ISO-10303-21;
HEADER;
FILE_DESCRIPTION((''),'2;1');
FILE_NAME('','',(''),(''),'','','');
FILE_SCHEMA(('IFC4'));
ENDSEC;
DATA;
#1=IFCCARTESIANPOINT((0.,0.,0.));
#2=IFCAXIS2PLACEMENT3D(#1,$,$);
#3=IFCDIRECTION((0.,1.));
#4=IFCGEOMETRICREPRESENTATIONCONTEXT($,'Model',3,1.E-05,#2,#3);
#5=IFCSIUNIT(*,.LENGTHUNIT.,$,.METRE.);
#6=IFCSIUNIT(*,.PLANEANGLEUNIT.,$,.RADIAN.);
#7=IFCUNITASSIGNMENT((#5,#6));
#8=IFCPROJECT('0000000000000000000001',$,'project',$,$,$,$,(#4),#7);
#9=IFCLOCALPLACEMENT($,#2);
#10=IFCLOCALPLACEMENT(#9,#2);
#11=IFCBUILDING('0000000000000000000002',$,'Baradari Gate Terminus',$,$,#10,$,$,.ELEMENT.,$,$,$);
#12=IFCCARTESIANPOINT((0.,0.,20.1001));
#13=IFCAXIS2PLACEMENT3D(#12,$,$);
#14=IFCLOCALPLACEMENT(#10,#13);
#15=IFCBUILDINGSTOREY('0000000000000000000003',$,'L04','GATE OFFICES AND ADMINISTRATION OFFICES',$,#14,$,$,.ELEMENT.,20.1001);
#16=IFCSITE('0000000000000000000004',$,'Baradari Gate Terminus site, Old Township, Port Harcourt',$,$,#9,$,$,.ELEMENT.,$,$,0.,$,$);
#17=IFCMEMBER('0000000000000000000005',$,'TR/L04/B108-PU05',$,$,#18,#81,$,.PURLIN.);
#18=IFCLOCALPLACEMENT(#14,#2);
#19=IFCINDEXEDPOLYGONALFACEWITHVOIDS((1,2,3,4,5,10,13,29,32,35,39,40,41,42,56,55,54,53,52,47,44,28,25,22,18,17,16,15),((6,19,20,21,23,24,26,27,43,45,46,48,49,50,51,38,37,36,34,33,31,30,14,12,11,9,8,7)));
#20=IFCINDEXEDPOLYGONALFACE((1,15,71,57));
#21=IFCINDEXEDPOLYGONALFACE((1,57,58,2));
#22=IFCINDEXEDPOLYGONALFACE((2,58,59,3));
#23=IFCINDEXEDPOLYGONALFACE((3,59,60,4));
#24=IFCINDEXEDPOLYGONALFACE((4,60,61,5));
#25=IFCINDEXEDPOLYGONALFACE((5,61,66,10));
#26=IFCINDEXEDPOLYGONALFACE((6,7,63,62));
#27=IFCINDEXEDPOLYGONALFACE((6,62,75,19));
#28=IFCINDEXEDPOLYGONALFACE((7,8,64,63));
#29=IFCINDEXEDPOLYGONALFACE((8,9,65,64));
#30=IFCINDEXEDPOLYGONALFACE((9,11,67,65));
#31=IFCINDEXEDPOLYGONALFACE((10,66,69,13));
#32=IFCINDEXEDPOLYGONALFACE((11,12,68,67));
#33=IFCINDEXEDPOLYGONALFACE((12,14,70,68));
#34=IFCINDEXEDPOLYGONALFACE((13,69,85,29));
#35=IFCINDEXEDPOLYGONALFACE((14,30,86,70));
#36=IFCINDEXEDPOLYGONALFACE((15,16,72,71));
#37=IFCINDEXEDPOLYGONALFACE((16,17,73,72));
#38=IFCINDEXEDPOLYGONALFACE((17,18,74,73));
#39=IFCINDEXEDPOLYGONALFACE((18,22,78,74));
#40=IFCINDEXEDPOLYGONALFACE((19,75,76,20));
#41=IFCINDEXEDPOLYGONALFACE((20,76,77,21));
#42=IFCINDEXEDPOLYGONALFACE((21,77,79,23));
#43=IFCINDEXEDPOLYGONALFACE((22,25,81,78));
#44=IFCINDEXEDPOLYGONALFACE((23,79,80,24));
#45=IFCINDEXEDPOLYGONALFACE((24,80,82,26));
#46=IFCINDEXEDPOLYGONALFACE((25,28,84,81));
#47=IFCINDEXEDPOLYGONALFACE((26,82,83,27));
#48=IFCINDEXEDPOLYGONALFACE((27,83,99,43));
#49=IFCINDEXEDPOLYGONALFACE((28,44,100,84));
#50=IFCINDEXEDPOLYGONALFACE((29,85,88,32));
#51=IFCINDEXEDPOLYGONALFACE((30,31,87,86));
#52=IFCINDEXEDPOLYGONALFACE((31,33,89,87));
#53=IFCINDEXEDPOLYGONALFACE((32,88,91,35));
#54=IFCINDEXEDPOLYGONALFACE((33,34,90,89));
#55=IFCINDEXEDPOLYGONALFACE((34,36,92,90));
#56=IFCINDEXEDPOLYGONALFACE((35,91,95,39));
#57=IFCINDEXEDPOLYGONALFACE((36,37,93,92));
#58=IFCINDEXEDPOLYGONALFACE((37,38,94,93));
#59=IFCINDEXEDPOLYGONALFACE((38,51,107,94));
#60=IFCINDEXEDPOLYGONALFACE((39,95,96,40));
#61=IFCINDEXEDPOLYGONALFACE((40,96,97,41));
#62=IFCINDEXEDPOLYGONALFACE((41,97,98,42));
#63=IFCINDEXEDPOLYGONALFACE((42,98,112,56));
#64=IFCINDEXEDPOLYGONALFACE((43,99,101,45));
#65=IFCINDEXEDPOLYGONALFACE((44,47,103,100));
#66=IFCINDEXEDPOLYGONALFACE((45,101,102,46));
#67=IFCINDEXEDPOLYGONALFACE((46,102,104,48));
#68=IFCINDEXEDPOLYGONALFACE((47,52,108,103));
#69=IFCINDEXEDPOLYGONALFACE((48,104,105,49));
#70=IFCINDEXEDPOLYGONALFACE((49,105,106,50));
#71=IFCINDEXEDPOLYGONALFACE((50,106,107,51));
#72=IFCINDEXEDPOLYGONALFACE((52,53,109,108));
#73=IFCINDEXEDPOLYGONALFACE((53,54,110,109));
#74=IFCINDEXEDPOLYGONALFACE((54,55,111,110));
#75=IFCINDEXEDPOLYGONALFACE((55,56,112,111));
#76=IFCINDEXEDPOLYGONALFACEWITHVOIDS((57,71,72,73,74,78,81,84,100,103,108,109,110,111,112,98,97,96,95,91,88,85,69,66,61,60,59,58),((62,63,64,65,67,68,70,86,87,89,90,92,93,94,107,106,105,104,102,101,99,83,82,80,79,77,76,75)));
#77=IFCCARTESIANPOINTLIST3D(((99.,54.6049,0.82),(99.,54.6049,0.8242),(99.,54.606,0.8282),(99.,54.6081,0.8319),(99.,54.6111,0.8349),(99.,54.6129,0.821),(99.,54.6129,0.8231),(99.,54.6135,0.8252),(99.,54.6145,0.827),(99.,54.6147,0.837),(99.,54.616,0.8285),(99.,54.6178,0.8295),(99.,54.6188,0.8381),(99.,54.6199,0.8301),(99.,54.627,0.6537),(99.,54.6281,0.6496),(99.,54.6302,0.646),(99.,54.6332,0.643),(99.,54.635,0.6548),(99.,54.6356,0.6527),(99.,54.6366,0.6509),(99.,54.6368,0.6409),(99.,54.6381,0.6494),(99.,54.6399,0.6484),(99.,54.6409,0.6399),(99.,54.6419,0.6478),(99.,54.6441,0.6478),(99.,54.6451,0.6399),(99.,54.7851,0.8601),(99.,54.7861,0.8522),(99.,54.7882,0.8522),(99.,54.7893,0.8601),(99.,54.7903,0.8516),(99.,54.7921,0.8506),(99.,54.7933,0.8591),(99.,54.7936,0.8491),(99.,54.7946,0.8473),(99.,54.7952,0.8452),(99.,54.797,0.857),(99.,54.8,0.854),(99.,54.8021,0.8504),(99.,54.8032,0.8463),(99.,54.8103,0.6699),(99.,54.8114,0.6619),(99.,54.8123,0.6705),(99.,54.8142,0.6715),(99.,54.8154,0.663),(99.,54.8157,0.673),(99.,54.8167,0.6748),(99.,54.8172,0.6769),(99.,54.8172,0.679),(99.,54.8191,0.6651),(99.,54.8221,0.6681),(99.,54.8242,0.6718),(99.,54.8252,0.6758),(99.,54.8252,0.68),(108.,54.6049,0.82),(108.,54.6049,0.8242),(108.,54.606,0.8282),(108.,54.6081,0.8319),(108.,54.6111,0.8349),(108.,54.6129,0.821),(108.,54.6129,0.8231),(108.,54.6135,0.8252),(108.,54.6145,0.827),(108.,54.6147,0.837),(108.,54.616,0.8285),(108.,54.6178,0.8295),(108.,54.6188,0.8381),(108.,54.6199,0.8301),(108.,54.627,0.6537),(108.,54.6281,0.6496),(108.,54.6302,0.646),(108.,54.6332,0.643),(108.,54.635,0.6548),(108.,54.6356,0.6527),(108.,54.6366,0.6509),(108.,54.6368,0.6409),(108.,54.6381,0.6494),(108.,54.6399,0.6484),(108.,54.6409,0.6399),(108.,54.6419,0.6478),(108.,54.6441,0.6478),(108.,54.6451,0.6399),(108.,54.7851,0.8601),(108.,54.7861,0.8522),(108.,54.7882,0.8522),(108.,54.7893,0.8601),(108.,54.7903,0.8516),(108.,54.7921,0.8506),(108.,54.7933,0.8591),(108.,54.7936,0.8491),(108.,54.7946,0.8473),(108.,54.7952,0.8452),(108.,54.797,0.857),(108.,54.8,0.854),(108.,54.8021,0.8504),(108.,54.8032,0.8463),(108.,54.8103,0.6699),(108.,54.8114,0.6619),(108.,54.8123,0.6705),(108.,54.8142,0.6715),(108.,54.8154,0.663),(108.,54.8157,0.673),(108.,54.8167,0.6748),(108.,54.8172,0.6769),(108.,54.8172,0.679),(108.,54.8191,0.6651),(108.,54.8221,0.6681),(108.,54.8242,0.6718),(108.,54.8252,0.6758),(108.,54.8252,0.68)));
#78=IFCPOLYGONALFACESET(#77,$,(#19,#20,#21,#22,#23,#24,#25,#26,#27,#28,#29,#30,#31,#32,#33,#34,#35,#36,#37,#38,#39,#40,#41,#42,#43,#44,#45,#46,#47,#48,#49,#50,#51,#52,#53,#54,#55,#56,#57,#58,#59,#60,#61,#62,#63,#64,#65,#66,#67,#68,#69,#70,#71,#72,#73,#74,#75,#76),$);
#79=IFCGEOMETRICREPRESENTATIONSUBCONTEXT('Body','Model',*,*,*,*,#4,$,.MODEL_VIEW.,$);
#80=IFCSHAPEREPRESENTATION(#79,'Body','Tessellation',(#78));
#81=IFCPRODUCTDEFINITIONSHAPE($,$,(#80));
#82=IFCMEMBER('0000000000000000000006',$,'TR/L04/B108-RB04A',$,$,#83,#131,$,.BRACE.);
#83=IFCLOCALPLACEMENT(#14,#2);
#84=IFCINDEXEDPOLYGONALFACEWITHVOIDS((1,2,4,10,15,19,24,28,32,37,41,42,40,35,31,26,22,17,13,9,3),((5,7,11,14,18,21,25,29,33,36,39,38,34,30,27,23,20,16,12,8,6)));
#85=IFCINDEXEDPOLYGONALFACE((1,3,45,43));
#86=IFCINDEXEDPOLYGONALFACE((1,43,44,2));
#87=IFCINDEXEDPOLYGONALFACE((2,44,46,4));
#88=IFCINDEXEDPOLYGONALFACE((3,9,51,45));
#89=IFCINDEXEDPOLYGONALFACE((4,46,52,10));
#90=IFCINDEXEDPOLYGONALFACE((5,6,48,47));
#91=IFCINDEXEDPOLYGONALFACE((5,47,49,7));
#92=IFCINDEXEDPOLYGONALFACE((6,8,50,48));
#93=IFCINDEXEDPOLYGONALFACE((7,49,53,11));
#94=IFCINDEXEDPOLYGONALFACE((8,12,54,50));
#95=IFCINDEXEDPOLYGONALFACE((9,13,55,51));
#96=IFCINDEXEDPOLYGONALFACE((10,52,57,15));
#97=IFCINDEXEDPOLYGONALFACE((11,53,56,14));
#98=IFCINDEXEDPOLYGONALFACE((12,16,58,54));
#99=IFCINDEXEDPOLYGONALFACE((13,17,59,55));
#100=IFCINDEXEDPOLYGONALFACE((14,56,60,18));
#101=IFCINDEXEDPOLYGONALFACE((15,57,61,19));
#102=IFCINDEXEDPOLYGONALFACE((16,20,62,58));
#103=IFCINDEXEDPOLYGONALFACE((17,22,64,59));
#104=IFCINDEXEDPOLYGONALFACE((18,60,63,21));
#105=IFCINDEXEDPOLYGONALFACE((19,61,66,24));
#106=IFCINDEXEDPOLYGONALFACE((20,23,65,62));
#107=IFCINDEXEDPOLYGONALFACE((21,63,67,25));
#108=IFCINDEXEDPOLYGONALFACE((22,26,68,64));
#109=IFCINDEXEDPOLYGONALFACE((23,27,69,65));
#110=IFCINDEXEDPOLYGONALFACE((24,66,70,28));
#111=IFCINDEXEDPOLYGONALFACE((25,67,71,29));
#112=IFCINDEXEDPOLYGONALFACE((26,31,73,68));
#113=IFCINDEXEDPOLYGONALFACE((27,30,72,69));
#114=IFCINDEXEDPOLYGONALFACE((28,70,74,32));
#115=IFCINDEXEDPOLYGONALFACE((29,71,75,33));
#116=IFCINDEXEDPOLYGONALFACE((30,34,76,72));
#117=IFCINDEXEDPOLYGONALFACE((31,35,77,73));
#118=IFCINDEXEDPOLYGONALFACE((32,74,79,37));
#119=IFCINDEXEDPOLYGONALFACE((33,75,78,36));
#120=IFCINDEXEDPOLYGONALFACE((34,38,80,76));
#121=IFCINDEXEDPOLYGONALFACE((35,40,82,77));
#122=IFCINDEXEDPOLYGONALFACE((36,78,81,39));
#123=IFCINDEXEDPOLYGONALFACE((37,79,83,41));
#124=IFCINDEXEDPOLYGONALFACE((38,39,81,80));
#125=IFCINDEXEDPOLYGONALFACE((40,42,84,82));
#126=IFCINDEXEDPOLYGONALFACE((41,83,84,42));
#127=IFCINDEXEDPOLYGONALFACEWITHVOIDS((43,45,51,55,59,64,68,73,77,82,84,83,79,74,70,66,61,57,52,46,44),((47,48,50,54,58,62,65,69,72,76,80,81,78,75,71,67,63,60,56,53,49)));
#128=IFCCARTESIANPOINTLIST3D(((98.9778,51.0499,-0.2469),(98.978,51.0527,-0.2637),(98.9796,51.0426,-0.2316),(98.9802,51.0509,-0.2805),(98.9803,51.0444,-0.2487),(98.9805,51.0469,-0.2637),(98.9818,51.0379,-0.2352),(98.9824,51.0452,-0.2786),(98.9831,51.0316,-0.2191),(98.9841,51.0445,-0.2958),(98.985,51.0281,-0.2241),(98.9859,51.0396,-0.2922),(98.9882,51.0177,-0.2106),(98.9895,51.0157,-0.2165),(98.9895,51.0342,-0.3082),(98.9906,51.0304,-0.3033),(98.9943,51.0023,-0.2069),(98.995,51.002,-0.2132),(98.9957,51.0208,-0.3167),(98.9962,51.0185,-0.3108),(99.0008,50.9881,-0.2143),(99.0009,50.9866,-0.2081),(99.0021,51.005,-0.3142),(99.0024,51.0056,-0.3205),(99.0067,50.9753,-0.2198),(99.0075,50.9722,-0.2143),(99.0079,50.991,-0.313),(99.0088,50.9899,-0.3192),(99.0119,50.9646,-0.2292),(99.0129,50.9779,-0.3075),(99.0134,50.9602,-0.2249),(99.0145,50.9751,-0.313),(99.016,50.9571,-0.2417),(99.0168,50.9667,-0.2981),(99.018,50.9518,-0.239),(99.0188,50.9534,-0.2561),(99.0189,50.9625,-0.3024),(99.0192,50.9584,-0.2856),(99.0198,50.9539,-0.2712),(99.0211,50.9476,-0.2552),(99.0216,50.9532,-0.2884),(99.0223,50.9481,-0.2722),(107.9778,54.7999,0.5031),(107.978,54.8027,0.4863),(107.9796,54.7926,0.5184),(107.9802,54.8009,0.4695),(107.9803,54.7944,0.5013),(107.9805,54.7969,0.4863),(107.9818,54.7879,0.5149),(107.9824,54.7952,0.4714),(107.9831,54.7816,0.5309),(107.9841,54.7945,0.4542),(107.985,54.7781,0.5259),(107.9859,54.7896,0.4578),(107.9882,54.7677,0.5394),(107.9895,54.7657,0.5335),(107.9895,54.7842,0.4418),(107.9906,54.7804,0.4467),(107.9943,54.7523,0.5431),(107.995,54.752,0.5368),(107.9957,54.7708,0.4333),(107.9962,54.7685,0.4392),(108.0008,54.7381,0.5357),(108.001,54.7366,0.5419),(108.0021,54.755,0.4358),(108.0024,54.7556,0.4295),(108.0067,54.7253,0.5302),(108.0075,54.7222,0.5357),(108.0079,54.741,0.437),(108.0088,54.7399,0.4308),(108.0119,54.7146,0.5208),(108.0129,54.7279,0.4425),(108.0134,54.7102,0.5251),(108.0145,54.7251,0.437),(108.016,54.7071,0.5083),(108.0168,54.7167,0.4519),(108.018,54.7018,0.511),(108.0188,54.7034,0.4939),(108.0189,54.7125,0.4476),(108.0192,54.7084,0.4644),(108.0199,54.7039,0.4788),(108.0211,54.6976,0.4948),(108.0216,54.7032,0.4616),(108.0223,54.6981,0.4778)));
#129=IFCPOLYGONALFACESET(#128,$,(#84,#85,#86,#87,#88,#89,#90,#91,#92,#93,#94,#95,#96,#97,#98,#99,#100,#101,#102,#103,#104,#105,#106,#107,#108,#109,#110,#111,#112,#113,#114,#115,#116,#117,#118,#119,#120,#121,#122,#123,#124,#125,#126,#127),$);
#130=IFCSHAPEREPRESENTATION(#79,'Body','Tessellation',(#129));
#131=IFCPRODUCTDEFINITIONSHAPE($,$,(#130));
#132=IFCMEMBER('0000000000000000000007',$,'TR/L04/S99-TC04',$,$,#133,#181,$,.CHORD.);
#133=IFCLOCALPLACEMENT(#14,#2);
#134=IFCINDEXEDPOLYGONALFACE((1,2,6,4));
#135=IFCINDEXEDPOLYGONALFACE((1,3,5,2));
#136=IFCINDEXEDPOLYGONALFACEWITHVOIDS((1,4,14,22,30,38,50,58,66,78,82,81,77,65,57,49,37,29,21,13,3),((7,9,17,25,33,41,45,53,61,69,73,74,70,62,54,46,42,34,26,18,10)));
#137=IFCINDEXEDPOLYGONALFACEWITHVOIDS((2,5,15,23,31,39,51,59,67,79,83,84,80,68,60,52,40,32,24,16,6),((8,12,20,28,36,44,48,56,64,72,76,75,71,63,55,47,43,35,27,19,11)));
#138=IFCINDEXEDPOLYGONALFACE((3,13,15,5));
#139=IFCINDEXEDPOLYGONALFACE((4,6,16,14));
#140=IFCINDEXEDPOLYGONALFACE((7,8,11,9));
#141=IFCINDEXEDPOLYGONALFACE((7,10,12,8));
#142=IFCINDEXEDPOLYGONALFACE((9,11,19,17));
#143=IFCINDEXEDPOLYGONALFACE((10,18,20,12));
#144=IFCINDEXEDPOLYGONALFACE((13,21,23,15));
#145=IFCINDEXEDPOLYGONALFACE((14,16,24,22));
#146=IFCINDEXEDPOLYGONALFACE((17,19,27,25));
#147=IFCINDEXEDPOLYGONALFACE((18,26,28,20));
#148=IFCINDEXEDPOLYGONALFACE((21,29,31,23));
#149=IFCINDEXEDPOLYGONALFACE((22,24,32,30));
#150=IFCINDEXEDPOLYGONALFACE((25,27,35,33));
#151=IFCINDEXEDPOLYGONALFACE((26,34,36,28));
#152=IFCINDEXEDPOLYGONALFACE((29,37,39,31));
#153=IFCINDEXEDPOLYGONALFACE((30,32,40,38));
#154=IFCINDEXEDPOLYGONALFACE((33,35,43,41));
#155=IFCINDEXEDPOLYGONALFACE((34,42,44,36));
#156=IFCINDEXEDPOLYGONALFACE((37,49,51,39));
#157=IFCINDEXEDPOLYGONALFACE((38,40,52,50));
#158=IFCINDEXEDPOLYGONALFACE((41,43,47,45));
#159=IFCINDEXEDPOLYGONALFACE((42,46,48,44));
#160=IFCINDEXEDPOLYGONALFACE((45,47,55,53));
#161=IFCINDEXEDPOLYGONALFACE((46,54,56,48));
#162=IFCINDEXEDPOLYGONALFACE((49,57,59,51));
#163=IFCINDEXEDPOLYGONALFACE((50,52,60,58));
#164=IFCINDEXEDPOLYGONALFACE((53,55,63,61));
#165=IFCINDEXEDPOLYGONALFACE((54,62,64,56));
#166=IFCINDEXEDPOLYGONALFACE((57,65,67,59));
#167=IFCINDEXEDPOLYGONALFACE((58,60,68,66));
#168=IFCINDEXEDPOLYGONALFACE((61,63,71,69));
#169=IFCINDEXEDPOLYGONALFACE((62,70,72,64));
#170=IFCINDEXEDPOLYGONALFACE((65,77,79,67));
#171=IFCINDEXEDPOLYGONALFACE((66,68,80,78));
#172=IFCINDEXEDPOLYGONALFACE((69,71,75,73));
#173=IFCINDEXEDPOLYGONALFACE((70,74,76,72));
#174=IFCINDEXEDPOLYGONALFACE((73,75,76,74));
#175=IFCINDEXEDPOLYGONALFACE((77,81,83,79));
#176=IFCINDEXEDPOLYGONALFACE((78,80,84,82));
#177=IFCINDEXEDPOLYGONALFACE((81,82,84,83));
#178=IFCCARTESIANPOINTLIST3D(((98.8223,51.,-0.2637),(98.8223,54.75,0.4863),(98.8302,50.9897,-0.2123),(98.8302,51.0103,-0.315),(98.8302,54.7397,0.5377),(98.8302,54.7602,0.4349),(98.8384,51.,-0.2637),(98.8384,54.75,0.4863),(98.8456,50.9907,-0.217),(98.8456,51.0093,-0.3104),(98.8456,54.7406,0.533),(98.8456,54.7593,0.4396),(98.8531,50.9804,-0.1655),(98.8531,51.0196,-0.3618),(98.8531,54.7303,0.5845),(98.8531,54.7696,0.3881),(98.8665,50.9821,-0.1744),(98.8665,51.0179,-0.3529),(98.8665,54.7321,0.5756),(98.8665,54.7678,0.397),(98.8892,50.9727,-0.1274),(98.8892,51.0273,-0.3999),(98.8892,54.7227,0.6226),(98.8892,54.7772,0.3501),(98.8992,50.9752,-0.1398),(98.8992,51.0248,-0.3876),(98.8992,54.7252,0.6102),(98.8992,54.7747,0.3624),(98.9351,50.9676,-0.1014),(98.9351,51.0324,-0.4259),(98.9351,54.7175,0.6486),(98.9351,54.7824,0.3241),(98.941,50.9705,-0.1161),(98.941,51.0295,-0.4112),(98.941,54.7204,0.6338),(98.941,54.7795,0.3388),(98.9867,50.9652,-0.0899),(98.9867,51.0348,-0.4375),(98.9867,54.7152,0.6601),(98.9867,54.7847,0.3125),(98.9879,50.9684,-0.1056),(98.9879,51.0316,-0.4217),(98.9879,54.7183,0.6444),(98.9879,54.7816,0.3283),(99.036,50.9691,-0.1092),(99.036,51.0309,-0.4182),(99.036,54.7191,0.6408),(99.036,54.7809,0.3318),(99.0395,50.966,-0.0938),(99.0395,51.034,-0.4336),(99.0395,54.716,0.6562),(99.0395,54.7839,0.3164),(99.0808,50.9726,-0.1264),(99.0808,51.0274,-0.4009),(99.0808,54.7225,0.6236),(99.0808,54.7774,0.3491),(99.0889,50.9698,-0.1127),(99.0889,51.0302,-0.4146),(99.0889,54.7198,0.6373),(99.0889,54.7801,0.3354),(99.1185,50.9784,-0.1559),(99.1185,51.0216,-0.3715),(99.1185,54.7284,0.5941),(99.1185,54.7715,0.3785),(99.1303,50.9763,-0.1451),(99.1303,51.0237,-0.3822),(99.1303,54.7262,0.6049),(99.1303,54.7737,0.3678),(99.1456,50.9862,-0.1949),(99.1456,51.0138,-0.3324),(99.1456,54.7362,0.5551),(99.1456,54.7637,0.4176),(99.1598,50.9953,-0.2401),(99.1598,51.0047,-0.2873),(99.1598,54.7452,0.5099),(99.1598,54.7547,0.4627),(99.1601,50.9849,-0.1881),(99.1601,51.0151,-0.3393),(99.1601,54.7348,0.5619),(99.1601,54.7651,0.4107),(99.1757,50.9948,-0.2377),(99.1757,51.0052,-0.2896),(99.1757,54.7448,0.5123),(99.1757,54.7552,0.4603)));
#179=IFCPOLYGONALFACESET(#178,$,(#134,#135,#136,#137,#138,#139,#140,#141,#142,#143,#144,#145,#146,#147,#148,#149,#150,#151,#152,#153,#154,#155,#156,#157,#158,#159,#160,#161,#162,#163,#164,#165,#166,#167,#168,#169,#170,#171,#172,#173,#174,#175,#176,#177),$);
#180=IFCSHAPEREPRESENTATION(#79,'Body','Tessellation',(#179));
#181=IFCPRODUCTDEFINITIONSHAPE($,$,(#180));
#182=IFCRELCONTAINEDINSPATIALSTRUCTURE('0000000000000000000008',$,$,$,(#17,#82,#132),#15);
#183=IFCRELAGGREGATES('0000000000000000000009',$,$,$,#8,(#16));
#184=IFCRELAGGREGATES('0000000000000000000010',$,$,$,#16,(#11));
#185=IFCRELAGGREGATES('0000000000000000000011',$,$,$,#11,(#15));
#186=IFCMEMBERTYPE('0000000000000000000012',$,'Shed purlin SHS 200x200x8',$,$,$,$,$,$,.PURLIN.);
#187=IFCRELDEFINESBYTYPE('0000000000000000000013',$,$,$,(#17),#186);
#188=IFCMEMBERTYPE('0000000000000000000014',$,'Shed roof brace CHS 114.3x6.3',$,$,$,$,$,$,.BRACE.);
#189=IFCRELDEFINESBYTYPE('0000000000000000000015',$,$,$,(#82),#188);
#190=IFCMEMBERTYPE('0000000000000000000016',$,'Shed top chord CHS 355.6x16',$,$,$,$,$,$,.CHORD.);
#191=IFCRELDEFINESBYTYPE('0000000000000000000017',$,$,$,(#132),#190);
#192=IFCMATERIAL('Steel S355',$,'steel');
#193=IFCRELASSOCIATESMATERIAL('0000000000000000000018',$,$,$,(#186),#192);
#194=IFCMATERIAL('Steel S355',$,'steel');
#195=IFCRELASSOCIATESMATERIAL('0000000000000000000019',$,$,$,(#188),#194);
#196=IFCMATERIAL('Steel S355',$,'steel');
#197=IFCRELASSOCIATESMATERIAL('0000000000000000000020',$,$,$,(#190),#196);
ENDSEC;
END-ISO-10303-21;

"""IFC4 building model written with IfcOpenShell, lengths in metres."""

from ifc_helpers import new_model, si_unit, direction, frame, origin, origin_2d, place, context, subcontext, project, spatial, hollow_rectangle, hollow_circle, extrude, material, material_profile, profile_set, type_object, element, save


model = new_model("IFC4")

# Units and contexts
model_context = context("Model", 3, precision=1e-05, world=origin(), true_north=direction((0.0, 1.0)))
body_context = subcontext(model_context, "Body", "Model", "MODEL_VIEW")
ifc_project = project(units=[si_unit("LENGTHUNIT", "METRE"), si_unit("PLANEANGLEUNIT", "RADIAN")], contexts=[model_context])

# Site, building, storey
site_placement = place(None, origin())
site = spatial("IfcSite", under=ifc_project, at=site_placement, Name="Baradari Gate Terminus site, Old Township, Port Harcourt", CompositionType="ELEMENT", RefElevation=0.0)
building_placement = place(site_placement, origin())
building = spatial("IfcBuilding", under=site, at=building_placement, Name="Baradari Gate Terminus", CompositionType="ELEMENT")
storey_placement = place(building_placement, frame((0.0, 0.0, 20.1001)))
storey = spatial("IfcBuildingStorey", under=building, at=storey_placement, Name="L04", Description="GATE OFFICES AND ADMINISTRATION OFFICES", CompositionType="ELEMENT", Elevation=20.1001)

# Members
ifc_material_1 = material(Name="Steel S355", Category="steel")
ifc_material_profile_1 = material_profile(ifc_material_1, hollow_rectangle(XDim=0.2, YDim=0.2, WallThickness=0.0081, InnerFilletRadius=0.0081, OuterFilletRadius=0.0161, at=origin_2d()), Name="SHS 200x200x8")
ifc_profile_set_1 = profile_set([ifc_material_profile_1], Name="Steel S355")
member_type_1 = type_object("IfcMemberType", Name="Shed purlin SHS 200x200x8", PredefinedType="PURLIN", material=ifc_profile_set_1)
member_1_placement = place(storey_placement, frame((99.0, 54.7151, 0.75), z_axis=(1.0, 0.0, 0.0), x_axis=(0.0, 0.991303, 0.131599)))
element("IfcMember", 1, at=member_1_placement, inside=storey, type_object=member_type_1, Name="TR/L04/B108-PU05", PredefinedType="PURLIN", context=body_context, shape_type="SweptSolid", body=[
    extrude(hollow_rectangle(XDim=0.2, YDim=0.2, WallThickness=0.0081, InnerFilletRadius=0.0081, OuterFilletRadius=0.0161, at=origin_2d()), origin(), (0.0, 0.0, 1.0), 9.0),
])
ifc_material_2 = material(Name="Steel S355", Category="steel")
ifc_material_profile_2 = material_profile(ifc_material_2, hollow_circle(Radius=0.0571, WallThickness=0.0063, at=origin_2d()), Name="CHS 114.3x6.3")
ifc_profile_set_2 = profile_set([ifc_material_profile_2], Name="Steel S355")
member_type_2 = type_object("IfcMemberType", Name="Shed roof brace CHS 114.3x6.3", PredefinedType="BRACE", material=ifc_profile_set_2)
member_2_placement = place(storey_placement, frame((99.0, 51.0, -0.2637), z_axis=(0.920358, 0.383482, 0.076696), x_axis=(-0.384615, 0.923077, 0.0)))
element("IfcMember", 2, at=member_2_placement, inside=storey, type_object=member_type_2, Name="TR/L04/B108-RB04A", PredefinedType="BRACE", context=body_context, shape_type="SweptSolid", body=[
    extrude(hollow_circle(Radius=0.0571, WallThickness=0.0063, at=origin_2d()), origin(), (0.0, 0.0, 1.0), 9.7788),
])
ifc_material_3 = material(Name="Steel S355", Category="steel")
ifc_material_profile_3 = material_profile(ifc_material_3, hollow_circle(Radius=0.1777, WallThickness=0.0161, at=origin_2d()), Name="CHS 355.6x16")
ifc_profile_set_3 = profile_set([ifc_material_profile_3], Name="Steel S355")
member_type_3 = type_object("IfcMemberType", Name="Shed top chord CHS 355.6x16", PredefinedType="CHORD", material=ifc_profile_set_3)
member_3_placement = place(storey_placement, frame((99.0, 51.0, -0.2637), z_axis=(0.0, 0.980581, 0.196116), x_axis=(-1.0, 0.0, 0.0)))
element("IfcMember", 3, at=member_3_placement, inside=storey, type_object=member_type_3, Name="TR/L04/S99-TC04", PredefinedType="CHORD", context=body_context, shape_type="SweptSolid", body=[
    extrude(hollow_circle(Radius=0.1777, WallThickness=0.0161, at=origin_2d()), origin(), (0.0, 0.0, 1.0), 3.8242),
])

save(model, "model.ifc")
